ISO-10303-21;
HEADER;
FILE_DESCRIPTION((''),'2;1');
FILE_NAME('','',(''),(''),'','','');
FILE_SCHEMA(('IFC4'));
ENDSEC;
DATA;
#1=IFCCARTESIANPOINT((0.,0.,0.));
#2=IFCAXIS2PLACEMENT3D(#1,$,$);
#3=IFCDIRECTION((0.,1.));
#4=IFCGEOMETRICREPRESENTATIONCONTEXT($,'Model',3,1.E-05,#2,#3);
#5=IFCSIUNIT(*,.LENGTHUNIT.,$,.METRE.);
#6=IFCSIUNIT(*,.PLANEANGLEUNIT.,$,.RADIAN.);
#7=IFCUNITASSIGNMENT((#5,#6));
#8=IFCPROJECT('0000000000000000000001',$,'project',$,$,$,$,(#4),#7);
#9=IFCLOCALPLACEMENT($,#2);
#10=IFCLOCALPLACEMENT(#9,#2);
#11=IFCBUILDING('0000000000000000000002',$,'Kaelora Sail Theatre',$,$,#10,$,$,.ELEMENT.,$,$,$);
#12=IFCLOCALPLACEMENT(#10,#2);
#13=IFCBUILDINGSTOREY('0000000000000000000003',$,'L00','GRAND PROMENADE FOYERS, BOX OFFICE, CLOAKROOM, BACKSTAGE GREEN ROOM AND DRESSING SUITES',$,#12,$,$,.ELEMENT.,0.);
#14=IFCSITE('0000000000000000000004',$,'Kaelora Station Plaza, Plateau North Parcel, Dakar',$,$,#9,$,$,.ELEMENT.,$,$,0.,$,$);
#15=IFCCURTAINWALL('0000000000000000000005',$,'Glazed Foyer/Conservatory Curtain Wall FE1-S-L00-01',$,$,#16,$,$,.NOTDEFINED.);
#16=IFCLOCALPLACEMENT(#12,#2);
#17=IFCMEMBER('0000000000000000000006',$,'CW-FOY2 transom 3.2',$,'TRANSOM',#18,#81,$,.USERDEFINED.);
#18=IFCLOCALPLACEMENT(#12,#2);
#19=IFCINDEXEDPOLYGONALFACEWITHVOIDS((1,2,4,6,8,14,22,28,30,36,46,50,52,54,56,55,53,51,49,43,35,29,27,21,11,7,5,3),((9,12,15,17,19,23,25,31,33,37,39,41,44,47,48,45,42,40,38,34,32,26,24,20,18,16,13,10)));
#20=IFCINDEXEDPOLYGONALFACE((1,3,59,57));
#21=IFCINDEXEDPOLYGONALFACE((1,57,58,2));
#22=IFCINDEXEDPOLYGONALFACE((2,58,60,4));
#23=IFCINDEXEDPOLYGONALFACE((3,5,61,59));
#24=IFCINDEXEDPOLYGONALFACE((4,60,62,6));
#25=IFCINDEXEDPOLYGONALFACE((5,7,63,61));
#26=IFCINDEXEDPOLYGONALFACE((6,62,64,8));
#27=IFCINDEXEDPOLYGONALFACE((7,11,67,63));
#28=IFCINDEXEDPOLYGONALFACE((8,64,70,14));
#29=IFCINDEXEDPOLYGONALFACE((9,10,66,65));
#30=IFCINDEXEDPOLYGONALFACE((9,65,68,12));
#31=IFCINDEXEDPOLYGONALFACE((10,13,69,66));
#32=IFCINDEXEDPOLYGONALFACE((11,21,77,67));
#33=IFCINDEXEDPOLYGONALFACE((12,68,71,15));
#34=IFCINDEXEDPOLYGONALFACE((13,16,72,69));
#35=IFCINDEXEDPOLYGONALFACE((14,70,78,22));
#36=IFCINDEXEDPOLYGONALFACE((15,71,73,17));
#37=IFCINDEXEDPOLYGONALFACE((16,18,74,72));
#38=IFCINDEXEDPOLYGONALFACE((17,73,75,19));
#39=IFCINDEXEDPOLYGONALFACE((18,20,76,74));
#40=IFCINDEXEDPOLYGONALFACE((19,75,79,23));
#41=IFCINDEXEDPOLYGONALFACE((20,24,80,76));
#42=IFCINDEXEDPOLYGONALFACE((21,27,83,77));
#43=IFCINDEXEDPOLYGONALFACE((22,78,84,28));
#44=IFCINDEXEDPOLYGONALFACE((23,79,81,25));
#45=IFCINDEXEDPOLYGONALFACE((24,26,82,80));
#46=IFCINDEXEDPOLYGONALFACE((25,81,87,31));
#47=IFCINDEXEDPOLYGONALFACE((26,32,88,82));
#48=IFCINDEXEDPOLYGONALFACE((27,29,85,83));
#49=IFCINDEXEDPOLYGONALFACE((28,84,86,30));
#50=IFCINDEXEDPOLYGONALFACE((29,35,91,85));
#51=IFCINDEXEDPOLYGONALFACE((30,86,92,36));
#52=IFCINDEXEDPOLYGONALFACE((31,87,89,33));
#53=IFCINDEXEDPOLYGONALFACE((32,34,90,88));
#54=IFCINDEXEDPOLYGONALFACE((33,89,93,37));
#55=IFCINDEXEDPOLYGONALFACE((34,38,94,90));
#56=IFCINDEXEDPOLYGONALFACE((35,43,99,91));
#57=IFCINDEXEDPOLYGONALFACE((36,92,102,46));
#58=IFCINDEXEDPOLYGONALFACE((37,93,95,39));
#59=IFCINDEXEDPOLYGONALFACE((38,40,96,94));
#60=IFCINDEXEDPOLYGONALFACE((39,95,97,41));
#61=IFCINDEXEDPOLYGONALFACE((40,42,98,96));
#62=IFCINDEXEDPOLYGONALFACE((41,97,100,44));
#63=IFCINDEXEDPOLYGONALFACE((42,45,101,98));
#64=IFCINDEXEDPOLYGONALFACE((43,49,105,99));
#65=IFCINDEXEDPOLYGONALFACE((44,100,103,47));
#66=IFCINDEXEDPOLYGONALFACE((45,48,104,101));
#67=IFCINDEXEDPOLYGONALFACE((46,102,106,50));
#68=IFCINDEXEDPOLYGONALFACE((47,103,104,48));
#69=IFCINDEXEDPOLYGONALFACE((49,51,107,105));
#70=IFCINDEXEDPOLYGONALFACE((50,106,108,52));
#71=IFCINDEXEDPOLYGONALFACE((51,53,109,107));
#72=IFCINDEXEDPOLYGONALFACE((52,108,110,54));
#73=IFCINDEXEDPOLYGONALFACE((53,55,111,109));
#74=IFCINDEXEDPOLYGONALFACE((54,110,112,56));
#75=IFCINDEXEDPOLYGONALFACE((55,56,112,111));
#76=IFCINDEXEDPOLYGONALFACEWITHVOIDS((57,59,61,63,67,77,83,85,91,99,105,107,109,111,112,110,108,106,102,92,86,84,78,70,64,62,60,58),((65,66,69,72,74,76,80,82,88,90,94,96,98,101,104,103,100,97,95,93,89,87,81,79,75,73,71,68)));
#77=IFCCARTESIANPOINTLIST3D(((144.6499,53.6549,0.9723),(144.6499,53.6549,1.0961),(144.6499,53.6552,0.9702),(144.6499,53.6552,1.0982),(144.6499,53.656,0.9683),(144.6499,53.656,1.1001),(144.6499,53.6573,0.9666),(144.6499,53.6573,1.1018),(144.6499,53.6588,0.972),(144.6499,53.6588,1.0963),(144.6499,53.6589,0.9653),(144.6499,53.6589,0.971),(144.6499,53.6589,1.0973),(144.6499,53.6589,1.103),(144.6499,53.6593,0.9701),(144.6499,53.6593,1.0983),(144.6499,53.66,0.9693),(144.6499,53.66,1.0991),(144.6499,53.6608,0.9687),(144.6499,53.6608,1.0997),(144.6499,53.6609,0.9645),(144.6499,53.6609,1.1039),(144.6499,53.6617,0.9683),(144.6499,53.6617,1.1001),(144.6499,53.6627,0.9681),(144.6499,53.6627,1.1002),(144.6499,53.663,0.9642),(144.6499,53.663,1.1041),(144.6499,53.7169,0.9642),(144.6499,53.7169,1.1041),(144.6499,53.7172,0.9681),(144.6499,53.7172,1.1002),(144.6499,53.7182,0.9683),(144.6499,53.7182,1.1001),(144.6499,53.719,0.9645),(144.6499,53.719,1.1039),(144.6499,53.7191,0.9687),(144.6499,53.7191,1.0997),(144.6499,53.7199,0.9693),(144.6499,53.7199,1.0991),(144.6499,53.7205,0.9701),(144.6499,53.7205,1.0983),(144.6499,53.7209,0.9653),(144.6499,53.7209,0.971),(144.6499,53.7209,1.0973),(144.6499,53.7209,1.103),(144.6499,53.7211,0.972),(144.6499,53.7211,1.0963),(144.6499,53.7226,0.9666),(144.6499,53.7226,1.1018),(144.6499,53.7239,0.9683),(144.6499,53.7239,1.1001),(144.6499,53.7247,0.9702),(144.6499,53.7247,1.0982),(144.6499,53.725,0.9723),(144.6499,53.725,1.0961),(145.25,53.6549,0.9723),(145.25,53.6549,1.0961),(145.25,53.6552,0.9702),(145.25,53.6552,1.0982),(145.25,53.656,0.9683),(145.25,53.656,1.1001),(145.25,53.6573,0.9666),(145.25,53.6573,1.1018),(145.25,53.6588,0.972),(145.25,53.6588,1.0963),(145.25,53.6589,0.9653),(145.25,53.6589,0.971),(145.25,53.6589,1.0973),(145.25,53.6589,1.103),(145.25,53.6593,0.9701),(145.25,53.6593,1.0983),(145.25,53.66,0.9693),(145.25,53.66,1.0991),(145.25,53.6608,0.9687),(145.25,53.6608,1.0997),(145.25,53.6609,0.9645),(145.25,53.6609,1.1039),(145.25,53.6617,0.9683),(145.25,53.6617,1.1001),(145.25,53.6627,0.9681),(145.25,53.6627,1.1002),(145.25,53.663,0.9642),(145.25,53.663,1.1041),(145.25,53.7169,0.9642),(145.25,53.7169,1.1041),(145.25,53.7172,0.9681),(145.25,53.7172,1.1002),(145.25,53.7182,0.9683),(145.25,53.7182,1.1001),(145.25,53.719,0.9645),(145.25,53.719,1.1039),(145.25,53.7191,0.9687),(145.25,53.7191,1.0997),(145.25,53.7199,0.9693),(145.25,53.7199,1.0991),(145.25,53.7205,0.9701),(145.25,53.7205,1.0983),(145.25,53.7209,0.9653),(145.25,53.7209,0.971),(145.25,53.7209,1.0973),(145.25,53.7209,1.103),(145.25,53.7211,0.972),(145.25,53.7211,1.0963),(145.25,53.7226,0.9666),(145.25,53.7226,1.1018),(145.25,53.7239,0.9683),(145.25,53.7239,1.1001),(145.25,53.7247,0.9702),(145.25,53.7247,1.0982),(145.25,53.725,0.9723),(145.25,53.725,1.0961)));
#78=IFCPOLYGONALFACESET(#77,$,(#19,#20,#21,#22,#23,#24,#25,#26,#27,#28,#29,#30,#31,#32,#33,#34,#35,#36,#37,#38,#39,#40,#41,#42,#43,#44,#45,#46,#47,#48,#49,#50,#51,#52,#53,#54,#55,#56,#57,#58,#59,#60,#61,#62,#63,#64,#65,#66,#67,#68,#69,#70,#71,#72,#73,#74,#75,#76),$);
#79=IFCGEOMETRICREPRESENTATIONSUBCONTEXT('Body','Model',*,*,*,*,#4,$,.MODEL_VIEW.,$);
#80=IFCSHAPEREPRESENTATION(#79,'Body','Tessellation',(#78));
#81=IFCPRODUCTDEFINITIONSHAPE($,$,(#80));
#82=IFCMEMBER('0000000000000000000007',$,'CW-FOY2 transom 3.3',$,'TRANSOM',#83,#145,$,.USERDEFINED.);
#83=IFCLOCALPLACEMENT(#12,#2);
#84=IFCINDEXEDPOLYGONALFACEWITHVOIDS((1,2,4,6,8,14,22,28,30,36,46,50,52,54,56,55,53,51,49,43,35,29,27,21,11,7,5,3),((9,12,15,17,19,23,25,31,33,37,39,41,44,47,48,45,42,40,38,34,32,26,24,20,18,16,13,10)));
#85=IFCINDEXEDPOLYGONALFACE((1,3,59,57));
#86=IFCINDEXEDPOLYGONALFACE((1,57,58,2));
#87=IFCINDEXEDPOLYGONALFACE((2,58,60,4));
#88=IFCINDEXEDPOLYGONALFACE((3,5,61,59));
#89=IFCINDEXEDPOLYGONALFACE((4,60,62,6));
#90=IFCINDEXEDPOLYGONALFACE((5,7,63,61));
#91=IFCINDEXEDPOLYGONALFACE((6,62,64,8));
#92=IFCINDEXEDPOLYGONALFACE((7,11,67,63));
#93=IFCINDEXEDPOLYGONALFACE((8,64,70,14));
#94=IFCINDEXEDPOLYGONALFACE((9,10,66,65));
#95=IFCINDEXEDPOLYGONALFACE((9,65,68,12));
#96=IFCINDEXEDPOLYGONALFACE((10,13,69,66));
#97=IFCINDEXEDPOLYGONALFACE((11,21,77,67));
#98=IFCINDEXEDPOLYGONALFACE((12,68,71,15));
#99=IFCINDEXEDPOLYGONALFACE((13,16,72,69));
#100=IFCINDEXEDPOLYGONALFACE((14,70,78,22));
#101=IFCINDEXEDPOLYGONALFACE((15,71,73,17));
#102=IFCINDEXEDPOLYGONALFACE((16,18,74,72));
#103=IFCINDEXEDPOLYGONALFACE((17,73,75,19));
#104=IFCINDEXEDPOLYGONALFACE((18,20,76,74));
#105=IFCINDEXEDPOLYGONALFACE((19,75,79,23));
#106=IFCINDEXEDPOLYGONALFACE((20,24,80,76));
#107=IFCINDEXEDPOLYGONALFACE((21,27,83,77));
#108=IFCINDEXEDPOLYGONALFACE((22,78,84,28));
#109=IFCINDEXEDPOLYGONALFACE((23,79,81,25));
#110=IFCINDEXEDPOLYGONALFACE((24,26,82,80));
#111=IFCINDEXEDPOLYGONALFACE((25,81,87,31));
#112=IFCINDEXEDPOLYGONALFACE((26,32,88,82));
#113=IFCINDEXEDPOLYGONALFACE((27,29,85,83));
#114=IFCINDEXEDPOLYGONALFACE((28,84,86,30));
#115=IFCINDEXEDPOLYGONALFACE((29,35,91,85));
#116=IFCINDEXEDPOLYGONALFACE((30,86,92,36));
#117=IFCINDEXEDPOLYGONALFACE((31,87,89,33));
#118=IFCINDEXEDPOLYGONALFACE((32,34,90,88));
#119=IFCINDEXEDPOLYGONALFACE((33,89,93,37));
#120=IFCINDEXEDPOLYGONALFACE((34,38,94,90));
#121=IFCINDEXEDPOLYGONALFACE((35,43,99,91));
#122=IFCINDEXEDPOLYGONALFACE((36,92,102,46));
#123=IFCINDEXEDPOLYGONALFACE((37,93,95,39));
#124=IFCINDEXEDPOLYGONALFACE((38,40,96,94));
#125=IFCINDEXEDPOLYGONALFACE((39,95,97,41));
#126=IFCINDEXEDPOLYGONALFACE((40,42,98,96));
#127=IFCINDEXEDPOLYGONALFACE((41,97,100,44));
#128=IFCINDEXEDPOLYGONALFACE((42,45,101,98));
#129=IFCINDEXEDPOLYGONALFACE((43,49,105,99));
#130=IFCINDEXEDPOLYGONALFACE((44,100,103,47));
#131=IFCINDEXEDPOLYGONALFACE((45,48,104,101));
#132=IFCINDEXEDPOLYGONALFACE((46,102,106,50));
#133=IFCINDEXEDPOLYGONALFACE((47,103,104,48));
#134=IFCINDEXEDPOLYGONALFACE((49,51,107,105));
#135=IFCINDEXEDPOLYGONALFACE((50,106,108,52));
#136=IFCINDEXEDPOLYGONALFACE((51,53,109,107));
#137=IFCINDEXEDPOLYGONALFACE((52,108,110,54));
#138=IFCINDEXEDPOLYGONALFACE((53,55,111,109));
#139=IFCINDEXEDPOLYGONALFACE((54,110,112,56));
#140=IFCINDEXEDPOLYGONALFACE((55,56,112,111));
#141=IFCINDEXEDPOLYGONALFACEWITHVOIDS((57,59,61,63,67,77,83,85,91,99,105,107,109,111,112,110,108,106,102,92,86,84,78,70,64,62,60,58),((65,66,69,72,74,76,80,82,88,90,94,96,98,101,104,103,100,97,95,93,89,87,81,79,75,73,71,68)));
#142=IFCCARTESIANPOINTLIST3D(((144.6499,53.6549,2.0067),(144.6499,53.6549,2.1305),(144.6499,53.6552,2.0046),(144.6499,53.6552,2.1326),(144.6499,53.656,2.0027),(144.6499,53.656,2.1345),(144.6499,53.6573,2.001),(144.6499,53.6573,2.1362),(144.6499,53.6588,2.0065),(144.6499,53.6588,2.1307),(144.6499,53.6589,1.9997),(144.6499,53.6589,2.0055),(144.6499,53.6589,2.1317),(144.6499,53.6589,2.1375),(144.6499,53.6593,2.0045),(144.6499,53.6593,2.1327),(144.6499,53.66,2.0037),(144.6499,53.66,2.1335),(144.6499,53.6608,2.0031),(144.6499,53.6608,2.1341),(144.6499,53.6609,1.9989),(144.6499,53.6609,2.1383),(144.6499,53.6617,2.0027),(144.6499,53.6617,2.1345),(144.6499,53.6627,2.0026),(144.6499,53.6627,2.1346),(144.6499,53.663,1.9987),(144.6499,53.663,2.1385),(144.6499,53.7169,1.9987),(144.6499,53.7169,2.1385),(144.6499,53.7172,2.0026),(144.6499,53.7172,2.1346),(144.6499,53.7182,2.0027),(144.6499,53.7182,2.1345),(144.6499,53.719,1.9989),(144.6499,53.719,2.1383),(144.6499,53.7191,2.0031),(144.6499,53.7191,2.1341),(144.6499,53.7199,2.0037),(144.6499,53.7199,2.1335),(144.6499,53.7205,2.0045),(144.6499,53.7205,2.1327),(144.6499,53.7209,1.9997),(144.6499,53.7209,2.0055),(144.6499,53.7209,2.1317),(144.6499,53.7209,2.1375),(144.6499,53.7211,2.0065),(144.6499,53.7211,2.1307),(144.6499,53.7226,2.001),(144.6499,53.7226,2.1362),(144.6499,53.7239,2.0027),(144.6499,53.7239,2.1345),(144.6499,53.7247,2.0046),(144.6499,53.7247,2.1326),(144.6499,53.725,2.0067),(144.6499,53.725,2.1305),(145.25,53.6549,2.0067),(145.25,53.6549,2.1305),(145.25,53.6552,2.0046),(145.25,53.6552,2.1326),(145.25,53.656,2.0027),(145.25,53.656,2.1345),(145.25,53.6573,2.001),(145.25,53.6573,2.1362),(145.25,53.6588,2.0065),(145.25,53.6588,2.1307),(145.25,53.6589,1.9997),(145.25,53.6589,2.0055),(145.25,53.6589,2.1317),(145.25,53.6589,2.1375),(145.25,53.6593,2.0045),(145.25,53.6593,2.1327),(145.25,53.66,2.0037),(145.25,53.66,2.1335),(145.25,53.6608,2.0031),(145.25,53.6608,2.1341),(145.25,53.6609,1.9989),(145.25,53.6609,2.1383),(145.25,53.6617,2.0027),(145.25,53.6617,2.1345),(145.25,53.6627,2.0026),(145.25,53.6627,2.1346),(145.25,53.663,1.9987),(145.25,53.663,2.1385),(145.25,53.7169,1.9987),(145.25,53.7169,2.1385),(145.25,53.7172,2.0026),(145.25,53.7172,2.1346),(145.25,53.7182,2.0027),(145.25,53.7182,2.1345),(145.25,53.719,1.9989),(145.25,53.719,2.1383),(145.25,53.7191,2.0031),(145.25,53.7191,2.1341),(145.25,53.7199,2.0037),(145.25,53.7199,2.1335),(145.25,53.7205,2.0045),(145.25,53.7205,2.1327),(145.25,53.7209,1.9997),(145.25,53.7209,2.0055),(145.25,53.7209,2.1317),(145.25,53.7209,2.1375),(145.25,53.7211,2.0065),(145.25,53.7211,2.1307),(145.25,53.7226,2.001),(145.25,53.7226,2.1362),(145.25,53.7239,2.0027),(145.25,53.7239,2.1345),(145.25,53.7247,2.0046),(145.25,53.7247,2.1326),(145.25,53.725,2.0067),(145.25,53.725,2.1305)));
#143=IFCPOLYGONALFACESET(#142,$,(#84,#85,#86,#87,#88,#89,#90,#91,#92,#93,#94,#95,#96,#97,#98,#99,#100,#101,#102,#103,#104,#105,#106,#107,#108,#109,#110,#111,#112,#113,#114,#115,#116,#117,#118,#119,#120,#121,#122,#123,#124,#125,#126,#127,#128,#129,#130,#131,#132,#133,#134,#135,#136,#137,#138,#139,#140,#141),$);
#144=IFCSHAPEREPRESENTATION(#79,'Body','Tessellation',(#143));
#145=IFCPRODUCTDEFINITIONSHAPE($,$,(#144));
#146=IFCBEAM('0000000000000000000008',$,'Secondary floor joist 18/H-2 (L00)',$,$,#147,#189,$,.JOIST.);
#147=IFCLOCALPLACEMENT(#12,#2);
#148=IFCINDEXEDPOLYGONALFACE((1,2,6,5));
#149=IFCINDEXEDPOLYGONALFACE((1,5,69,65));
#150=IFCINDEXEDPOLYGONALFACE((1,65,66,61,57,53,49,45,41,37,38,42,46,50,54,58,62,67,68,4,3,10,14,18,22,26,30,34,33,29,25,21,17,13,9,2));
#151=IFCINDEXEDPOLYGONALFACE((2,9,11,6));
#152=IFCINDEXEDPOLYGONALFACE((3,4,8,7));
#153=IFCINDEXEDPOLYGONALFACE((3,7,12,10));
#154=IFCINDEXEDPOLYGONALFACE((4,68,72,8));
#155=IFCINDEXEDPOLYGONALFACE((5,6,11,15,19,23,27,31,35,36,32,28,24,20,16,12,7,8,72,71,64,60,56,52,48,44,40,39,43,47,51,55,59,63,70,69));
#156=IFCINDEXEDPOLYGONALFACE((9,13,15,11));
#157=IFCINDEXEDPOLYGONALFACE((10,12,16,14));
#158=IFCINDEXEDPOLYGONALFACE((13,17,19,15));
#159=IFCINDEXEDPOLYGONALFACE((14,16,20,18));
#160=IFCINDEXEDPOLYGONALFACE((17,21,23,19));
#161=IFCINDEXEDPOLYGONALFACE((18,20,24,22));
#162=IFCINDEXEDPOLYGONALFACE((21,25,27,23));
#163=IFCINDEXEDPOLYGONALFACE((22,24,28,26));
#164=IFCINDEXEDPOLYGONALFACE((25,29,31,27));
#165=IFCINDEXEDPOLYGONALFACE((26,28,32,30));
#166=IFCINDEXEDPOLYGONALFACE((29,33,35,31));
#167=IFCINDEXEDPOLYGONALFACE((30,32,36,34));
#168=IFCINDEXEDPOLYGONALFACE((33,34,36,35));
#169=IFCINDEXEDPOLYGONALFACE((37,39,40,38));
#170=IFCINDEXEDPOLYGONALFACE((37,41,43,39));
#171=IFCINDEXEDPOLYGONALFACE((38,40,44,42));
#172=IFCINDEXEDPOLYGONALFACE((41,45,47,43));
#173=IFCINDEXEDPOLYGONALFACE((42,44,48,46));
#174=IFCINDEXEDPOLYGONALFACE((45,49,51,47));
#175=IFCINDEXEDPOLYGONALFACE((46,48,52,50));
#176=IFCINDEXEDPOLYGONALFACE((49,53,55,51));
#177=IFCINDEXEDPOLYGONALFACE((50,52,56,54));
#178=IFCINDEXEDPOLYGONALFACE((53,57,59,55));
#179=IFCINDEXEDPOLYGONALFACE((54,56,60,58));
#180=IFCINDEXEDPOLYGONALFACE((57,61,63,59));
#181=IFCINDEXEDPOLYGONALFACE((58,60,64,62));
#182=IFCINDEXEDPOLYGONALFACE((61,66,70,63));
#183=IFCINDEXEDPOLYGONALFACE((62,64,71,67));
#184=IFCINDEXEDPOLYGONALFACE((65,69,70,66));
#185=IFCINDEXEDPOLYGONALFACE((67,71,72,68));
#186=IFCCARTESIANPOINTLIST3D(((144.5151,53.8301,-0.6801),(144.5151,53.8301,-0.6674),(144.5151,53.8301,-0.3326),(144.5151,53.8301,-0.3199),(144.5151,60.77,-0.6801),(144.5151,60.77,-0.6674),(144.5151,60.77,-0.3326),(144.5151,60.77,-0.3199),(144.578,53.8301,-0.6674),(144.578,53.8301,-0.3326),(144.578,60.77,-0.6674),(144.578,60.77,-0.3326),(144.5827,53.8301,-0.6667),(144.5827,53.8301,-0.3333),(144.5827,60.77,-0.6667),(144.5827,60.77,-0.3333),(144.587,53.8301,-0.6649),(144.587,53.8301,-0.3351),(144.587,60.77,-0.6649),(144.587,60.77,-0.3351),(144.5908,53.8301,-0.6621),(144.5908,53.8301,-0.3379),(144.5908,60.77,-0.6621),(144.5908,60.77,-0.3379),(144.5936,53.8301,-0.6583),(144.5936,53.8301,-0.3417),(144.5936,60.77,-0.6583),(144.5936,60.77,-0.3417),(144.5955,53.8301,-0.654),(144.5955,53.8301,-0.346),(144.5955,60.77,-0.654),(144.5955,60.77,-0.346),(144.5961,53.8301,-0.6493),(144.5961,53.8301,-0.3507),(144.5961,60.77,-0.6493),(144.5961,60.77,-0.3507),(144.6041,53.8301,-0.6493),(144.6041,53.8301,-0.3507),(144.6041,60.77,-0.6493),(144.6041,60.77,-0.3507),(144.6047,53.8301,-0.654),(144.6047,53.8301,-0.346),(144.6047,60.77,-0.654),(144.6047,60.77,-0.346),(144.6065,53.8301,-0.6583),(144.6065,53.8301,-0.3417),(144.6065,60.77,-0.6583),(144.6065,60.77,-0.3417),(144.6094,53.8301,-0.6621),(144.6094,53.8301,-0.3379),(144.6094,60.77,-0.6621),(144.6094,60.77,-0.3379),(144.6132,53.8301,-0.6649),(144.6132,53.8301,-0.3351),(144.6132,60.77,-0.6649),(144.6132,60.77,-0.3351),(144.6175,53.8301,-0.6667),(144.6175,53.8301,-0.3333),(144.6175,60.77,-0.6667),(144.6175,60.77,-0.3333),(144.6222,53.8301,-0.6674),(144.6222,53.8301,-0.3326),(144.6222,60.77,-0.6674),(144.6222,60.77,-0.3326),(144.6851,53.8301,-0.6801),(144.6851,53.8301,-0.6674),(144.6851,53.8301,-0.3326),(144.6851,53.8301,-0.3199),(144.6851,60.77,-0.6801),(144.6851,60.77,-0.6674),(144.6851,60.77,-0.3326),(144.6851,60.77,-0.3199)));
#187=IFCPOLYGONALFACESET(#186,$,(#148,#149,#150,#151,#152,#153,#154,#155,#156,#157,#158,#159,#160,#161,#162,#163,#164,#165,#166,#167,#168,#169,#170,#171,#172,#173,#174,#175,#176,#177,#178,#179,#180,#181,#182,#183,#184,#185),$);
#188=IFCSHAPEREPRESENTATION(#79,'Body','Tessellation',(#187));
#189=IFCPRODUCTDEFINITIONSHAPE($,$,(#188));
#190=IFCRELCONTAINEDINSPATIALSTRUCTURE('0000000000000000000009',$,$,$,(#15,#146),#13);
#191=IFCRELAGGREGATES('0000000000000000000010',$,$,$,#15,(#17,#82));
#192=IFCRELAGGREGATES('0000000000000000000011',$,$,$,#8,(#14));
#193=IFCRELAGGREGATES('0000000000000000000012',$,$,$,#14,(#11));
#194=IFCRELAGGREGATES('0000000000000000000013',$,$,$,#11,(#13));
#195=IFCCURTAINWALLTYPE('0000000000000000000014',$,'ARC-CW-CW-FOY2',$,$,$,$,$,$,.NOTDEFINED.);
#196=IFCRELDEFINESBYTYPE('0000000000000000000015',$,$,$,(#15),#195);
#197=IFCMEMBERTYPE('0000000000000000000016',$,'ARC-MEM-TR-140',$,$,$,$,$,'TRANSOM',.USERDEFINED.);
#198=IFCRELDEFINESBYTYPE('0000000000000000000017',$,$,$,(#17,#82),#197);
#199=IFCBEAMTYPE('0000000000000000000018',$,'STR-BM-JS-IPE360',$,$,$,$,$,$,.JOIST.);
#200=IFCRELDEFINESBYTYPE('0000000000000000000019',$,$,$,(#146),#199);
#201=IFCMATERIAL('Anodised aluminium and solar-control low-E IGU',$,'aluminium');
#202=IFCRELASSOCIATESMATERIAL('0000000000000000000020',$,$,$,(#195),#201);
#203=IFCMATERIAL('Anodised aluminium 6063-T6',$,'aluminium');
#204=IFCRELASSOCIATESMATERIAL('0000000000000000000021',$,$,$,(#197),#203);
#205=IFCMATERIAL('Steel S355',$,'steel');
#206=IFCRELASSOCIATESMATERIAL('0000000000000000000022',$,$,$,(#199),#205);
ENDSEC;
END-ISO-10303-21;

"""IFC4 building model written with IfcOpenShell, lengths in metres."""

from ifc_helpers import new_model, si_unit, direction, frame, origin, origin_2d, place, context, subcontext, project, spatial, hollow_rectangle, i_section, extrude, material, material_profile, profile_set, type_object, element, aggregate, save


model = new_model("IFC4")

# Units and contexts
model_context = context("Model", 3, precision=1e-05, world=origin(), true_north=direction((0.0, 1.0)))
body_context = subcontext(model_context, "Body", "Model", "MODEL_VIEW")
ifc_project = project(units=[si_unit("LENGTHUNIT", "METRE"), si_unit("PLANEANGLEUNIT", "RADIAN")], contexts=[model_context])

# Site, building, storey
site_placement = place(None, origin())
site = spatial("IfcSite", under=ifc_project, at=site_placement, Name="Kaelora Station Plaza, Plateau North Parcel, Dakar", CompositionType="ELEMENT", RefElevation=0.0)
building_placement = place(site_placement, origin())
building = spatial("IfcBuilding", under=site, at=building_placement, Name="Kaelora Sail Theatre", CompositionType="ELEMENT")
storey_placement = place(building_placement, origin())
storey = spatial("IfcBuildingStorey", under=building, at=storey_placement, Name="L00", Description="GRAND PROMENADE FOYERS, BOX OFFICE, CLOAKROOM, BACKSTAGE GREEN ROOM AND DRESSING SUITES", CompositionType="ELEMENT", Elevation=0.0)

# Curtain wall, members
ifc_material_1 = material(Name="Anodised aluminium and solar-control low-E IGU", Category="aluminium")
curtain_wall_type = type_object("IfcCurtainWallType", Name="ARC-CW-CW-FOY2", PredefinedType="NOTDEFINED", material=ifc_material_1)
curtain_wall_placement = place(storey_placement, origin())
curtain_wall = element("IfcCurtainWall", 1, at=curtain_wall_placement, inside=storey, type_object=curtain_wall_type, Name="Glazed Foyer/Conservatory Curtain Wall FE1-S-L00-01", PredefinedType="NOTDEFINED")
ifc_material_2 = material(Name="Anodised aluminium 6063-T6", Category="aluminium")
ifc_material_profile_1 = material_profile(ifc_material_2, hollow_rectangle(XDim=0.0701, YDim=0.1399, WallThickness=0.0039, InnerFilletRadius=0.0039, OuterFilletRadius=0.0081, at=origin_2d()), Name="ALU-TRAN 70x140x4")
ifc_profile_set_1 = profile_set([ifc_material_profile_1], Name="Anodised aluminium 6063-T6")
member_type_1 = type_object("IfcMemberType", Name="ARC-MEM-TR-140", ElementType="TRANSOM", PredefinedType="USERDEFINED", material=ifc_profile_set_1)
member_1_placement = place(storey_placement, frame((144.6499, 53.6899, 1.0342), z_axis=(1.0, 0.0, 0.0), x_axis=(0.0, 1.0, 0.0)))
member_1 = element("IfcMember", 2, at=member_1_placement, type_object=member_type_1, Name="CW-FOY2 transom 3.2", ObjectType="TRANSOM", PredefinedType="USERDEFINED", context=body_context, shape_type="SweptSolid", body=[
    extrude(hollow_rectangle(XDim=0.0701, YDim=0.1399, WallThickness=0.0039, InnerFilletRadius=0.0039, OuterFilletRadius=0.0081, at=origin_2d()), origin(), (0.0, 0.0, 1.0), 0.6001),
])
member_2_placement = place(storey_placement, frame((144.6499, 53.6899, 2.0686), z_axis=(1.0, 0.0, 0.0), x_axis=(0.0, 1.0, 0.0)))
member_2 = element("IfcMember", 3, at=member_2_placement, type_object=member_type_1, Name="CW-FOY2 transom 3.3", ObjectType="TRANSOM", PredefinedType="USERDEFINED", context=body_context, shape_type="SweptSolid", body=[
    extrude(hollow_rectangle(XDim=0.0701, YDim=0.1399, WallThickness=0.0039, InnerFilletRadius=0.0039, OuterFilletRadius=0.0081, at=origin_2d()), origin(), (0.0, 0.0, 1.0), 0.6001),
])

# Beam
ifc_material_3 = material(Name="Steel S355", Category="steel")
ifc_material_profile_2 = material_profile(ifc_material_3, i_section(OverallWidth=0.1699, OverallDepth=0.3601, WebThickness=0.0081, FlangeThickness=0.0127, FilletRadius=0.0181, at=origin_2d()), Name="IPE 360")
ifc_profile_set_2 = profile_set([ifc_material_profile_2], Name="Steel S355")
beam_type = type_object("IfcBeamType", Name="STR-BM-JS-IPE360", PredefinedType="JOIST", material=ifc_profile_set_2)
beam_placement = place(storey_placement, frame((144.6001, 53.8301, -0.5), z_axis=(0.0, 1.0, 0.0), x_axis=(-1.0, 0.0, 0.0)))
element("IfcBeam", 4, at=beam_placement, inside=storey, type_object=beam_type, Name="Secondary floor joist 18/H-2 (L00)", PredefinedType="JOIST", context=body_context, shape_type="SweptSolid", body=[
    extrude(i_section(OverallWidth=0.1699, OverallDepth=0.3601, WebThickness=0.0081, FlangeThickness=0.0127, FilletRadius=0.0181, at=origin_2d()), origin(), (0.0, 0.0, 1.0), 6.9399),
])

aggregate(curtain_wall, [member_1, member_2])

save(model, "model.ifc")
